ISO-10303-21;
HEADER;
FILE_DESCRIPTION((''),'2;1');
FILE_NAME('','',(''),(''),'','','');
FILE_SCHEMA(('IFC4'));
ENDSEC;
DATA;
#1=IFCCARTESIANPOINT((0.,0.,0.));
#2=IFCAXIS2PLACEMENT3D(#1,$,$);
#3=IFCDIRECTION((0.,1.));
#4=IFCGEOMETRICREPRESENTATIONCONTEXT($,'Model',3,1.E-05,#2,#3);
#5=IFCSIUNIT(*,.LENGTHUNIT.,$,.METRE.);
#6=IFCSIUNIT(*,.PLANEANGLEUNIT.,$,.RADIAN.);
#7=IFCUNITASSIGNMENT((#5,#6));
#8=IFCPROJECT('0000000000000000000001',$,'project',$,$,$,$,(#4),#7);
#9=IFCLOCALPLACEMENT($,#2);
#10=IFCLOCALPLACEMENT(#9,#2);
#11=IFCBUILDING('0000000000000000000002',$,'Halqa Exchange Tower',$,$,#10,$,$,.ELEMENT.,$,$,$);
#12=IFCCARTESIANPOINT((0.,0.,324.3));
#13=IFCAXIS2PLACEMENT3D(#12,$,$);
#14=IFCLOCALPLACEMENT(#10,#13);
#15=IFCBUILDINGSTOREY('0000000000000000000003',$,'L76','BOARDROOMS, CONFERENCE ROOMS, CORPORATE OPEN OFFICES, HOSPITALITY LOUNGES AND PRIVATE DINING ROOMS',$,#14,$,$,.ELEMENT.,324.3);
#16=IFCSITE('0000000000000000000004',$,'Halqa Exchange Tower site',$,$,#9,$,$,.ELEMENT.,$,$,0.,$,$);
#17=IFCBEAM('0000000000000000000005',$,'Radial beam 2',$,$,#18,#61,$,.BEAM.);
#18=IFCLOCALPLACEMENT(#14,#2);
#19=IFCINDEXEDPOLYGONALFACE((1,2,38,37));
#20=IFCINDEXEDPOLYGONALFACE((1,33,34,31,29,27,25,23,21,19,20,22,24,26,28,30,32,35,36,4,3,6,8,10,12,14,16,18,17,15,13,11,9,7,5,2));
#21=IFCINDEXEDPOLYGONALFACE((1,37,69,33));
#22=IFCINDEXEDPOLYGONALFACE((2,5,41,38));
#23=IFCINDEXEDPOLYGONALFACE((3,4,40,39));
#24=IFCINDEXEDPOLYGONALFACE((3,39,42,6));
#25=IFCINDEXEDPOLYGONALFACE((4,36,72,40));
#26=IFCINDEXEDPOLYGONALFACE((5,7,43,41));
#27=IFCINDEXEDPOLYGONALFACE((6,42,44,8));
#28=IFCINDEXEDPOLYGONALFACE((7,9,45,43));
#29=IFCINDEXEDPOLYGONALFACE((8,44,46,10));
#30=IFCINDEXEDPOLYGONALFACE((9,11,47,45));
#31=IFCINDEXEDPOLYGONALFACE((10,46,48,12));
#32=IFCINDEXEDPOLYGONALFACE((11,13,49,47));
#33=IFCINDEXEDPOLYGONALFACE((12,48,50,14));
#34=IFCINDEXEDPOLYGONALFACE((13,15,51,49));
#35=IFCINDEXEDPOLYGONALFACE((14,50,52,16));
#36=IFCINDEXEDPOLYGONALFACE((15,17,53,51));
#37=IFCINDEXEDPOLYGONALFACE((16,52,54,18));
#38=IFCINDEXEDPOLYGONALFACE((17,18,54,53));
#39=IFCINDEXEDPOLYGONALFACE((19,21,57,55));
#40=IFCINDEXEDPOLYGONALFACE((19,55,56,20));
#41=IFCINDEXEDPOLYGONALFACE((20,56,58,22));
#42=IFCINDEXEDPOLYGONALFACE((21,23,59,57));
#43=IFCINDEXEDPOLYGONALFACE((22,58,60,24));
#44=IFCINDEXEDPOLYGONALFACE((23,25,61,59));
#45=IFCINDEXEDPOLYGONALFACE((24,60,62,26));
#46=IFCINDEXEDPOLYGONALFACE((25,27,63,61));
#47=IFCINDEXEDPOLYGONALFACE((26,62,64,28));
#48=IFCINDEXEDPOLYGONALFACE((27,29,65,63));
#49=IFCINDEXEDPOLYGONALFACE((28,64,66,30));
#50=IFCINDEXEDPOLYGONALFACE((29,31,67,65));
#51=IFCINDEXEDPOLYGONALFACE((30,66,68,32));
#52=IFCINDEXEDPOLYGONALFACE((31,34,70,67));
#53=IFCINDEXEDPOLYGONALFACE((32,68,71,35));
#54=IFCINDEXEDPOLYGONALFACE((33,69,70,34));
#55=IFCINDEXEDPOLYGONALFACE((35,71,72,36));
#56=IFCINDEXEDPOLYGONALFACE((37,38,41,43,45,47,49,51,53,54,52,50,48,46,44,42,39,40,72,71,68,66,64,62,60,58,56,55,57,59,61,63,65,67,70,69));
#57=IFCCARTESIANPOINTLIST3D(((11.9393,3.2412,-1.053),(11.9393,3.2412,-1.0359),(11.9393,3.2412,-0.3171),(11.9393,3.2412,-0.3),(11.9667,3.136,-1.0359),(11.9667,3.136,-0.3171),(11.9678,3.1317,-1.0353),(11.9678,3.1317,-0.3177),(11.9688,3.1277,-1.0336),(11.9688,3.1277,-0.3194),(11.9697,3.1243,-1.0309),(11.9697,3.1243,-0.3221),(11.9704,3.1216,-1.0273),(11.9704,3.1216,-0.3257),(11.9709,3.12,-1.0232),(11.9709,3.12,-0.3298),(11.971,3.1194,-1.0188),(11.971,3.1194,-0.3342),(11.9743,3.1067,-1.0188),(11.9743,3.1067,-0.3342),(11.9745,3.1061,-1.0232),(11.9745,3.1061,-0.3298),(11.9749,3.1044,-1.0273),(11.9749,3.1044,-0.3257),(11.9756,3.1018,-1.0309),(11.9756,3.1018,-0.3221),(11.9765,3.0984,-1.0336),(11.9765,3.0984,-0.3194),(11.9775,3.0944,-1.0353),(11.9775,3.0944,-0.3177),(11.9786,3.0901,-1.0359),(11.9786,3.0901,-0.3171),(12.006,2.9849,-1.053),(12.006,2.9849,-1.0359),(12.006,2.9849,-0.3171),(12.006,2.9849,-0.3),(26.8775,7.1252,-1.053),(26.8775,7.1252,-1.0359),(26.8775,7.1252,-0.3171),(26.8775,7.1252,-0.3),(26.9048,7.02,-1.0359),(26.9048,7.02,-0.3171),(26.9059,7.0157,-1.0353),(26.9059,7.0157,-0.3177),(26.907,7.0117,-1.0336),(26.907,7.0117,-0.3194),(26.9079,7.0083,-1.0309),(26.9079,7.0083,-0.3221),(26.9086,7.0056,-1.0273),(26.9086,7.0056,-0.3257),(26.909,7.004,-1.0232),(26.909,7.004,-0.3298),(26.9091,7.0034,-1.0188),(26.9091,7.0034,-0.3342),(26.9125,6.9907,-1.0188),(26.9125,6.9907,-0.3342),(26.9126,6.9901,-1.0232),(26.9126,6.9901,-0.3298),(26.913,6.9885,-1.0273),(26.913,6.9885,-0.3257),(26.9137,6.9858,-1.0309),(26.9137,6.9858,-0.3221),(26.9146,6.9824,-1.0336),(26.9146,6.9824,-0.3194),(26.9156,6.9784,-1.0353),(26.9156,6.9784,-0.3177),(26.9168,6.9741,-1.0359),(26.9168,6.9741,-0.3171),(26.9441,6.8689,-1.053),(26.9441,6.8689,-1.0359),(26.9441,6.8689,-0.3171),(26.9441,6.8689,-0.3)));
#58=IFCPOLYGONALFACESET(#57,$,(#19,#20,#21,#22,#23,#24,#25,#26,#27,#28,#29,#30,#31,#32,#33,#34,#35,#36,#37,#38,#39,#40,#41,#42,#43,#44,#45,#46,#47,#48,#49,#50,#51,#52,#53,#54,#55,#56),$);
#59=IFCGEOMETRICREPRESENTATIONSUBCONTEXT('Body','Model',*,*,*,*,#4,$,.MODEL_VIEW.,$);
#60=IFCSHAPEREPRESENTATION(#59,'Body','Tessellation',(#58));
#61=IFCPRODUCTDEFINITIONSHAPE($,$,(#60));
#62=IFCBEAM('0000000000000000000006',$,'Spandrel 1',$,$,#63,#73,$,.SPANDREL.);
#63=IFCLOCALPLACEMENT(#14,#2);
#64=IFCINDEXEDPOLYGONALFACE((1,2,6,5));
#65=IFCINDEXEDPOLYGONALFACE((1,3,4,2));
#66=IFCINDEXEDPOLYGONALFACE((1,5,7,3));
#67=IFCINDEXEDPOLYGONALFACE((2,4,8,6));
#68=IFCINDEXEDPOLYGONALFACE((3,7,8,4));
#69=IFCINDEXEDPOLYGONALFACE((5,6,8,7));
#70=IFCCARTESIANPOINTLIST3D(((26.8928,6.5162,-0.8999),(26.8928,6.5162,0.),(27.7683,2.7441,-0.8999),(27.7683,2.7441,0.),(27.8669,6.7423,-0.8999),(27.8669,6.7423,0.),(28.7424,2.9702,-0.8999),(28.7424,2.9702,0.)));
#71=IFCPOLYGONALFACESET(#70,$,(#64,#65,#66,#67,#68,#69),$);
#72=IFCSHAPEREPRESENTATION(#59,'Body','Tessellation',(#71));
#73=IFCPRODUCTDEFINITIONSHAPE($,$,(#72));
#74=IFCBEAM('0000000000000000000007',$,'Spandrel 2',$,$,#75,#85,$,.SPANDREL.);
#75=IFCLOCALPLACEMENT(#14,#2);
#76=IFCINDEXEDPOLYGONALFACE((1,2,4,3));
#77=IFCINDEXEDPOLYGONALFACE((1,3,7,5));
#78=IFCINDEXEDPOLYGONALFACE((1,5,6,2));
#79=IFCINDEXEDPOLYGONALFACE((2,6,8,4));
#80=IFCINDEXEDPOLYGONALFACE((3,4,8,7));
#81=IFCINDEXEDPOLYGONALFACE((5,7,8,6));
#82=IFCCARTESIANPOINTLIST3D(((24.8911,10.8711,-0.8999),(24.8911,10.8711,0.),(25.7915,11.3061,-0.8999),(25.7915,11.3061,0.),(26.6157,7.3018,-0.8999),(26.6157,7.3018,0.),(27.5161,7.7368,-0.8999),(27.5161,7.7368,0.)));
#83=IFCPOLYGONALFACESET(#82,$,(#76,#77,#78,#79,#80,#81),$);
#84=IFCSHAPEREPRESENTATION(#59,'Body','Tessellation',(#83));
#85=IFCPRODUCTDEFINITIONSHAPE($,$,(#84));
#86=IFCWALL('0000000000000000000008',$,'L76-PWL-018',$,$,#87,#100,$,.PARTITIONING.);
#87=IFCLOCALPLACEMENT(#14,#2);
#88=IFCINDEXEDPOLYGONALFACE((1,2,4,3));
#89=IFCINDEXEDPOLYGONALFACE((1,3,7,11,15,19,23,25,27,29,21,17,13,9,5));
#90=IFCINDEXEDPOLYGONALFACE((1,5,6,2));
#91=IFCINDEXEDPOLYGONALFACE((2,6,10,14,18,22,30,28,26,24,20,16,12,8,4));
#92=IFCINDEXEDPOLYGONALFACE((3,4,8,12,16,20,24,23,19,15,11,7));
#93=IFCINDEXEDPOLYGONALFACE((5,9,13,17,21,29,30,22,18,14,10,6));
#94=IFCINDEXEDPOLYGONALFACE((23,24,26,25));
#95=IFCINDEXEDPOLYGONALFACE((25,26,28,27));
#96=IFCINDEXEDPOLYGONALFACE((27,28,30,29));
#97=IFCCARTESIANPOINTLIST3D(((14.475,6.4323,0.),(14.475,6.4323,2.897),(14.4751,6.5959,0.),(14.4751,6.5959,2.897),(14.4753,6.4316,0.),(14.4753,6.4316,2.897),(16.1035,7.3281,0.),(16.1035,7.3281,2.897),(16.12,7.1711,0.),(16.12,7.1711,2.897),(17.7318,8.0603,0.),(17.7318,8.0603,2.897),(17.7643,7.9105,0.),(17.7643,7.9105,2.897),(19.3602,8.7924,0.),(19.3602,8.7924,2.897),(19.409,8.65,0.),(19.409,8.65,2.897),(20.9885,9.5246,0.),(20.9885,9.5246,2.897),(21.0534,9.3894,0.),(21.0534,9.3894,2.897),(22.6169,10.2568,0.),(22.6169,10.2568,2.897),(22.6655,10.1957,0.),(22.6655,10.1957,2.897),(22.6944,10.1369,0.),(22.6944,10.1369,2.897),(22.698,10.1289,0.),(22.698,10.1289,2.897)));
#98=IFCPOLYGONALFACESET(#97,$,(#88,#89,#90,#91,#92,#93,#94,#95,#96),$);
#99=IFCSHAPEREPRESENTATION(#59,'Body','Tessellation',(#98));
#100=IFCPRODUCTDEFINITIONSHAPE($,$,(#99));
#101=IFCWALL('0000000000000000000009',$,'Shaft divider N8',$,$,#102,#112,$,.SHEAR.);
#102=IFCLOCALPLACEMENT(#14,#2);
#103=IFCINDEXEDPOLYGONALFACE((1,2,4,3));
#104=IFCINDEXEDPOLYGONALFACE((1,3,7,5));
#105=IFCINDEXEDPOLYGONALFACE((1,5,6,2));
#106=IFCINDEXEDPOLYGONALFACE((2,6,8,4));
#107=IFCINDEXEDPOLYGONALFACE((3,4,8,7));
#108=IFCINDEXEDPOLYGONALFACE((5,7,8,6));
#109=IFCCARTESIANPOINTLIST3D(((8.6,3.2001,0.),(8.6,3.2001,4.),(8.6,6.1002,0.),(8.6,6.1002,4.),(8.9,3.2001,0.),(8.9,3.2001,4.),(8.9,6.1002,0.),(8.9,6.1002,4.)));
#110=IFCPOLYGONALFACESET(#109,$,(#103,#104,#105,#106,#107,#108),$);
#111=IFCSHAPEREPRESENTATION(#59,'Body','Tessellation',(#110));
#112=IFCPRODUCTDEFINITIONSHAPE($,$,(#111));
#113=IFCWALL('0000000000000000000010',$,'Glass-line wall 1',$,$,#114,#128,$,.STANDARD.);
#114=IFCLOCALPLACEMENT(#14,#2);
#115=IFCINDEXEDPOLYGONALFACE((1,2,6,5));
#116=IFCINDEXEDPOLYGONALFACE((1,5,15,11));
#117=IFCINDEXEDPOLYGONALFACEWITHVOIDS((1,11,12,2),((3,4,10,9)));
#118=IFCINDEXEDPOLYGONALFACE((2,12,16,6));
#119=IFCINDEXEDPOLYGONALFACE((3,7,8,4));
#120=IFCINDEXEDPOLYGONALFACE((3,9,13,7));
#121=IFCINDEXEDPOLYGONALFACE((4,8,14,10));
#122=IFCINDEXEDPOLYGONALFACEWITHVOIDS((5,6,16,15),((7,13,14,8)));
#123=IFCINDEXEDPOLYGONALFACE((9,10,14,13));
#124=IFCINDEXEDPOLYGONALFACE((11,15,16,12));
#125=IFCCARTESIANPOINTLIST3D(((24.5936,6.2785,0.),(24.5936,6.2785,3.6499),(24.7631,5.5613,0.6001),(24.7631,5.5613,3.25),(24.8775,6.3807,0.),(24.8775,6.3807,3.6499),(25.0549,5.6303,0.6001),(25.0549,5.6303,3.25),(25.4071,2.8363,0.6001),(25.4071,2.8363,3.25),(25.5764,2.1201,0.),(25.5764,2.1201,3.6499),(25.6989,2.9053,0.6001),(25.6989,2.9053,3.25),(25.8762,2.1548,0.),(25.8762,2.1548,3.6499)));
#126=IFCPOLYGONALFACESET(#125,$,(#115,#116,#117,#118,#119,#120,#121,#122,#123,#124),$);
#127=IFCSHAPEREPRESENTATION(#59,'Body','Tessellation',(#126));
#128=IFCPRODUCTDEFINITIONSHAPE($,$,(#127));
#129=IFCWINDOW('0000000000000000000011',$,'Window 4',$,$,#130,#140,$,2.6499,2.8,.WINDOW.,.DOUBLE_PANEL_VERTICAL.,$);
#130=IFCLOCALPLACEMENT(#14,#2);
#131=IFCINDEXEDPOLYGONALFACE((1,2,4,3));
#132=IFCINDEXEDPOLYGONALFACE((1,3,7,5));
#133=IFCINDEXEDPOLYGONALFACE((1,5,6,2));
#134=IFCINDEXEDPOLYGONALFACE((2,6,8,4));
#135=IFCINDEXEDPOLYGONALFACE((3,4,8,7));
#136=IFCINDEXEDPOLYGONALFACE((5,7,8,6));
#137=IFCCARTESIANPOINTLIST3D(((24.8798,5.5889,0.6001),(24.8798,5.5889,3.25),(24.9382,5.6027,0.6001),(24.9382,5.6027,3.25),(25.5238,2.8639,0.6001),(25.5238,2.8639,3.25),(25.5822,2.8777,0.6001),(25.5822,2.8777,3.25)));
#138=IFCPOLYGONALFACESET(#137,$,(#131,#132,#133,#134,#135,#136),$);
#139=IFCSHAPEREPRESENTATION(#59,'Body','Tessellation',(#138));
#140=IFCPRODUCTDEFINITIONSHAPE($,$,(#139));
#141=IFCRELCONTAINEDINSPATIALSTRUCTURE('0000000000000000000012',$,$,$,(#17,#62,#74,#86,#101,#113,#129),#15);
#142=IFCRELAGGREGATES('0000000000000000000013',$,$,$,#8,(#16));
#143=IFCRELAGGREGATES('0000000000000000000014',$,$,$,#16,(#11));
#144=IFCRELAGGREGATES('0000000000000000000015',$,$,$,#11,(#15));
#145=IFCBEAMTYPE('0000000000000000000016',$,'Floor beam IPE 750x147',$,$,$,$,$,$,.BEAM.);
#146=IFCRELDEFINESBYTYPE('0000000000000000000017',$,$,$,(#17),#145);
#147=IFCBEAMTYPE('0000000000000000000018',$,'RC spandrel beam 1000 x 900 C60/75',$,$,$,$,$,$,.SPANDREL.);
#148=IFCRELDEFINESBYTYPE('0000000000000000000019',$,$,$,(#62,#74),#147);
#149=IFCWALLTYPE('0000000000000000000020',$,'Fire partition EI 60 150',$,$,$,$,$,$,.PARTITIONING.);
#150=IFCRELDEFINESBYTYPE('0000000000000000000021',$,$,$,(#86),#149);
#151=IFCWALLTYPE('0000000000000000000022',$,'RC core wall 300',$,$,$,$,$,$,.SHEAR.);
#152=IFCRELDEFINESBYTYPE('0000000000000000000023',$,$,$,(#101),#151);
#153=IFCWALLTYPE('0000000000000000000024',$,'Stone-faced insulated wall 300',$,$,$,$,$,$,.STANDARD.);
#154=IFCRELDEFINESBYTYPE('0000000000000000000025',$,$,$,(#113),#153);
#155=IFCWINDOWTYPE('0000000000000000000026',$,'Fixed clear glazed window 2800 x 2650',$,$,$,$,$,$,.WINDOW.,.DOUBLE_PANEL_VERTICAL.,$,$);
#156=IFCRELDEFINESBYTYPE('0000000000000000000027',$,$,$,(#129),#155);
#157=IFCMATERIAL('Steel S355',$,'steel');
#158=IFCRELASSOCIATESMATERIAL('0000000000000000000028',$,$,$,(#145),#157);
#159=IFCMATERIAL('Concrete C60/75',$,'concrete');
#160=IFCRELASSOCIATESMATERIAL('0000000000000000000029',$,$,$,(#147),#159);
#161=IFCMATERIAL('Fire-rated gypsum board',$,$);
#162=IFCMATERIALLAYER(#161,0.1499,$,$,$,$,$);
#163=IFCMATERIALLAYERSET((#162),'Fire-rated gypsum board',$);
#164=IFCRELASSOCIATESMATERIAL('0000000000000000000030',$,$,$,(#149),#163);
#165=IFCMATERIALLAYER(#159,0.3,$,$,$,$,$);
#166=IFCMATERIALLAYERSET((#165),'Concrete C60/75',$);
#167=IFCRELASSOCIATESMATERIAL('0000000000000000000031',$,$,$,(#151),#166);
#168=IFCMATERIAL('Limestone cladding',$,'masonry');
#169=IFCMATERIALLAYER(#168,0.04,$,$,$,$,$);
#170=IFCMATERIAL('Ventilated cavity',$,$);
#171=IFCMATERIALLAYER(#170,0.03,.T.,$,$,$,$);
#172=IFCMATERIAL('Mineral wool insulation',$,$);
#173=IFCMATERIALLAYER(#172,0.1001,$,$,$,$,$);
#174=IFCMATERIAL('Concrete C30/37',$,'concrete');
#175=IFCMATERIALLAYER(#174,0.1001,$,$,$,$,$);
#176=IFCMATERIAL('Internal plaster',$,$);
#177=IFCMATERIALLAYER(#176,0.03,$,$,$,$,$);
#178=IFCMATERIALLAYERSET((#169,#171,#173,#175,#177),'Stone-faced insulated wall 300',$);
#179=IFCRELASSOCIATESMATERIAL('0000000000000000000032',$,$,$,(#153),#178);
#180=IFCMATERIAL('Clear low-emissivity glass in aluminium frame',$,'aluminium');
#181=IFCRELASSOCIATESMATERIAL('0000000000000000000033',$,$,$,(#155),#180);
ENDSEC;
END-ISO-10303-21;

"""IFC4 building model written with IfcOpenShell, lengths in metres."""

from ifc_helpers import new_model, si_unit, direction, frame, frame_2d, origin, origin_2d, place, context, subcontext, project, spatial, polyline, rectangle, i_section, outline, extrude, material, layer, layer_set, material_profile, profile_set, type_object, element, fill, save


model = new_model("IFC4")

# Units and contexts
model_context = context("Model", 3, precision=1e-05, world=origin(), true_north=direction((0.0, 1.0)))
body_context = subcontext(model_context, "Body", "Model", "MODEL_VIEW")
ifc_project = project(units=[si_unit("LENGTHUNIT", "METRE"), si_unit("PLANEANGLEUNIT", "RADIAN")], contexts=[model_context])

# Site, building, storey
site_placement = place(None, origin())
site = spatial("IfcSite", under=ifc_project, at=site_placement, Name="Halqa Exchange Tower site", CompositionType="ELEMENT", RefElevation=0.0)
building_placement = place(site_placement, origin())
building = spatial("IfcBuilding", under=site, at=building_placement, Name="Halqa Exchange Tower", CompositionType="ELEMENT")
storey_placement = place(building_placement, frame((0.0, 0.0, 324.3)))
storey = spatial("IfcBuildingStorey", under=building, at=storey_placement, Name="L76", Description="BOARDROOMS, CONFERENCE ROOMS, CORPORATE OPEN OFFICES, HOSPITALITY LOUNGES AND PRIVATE DINING ROOMS", CompositionType="ELEMENT", Elevation=324.3)

# Beams
ifc_material_1 = material(Name="Steel S355", Category="steel")
ifc_material_profile_1 = material_profile(ifc_material_1, i_section(OverallWidth=0.2649, OverallDepth=0.7529, WebThickness=0.0132, FlangeThickness=0.0171, FilletRadius=0.0171, at=origin_2d()), Name="IPE 750x147")
ifc_profile_set_1 = profile_set([ifc_material_profile_1], Name="Steel S355")
beam_type_1 = type_object("IfcBeamType", Name="Floor beam IPE 750x147", PredefinedType="BEAM", material=ifc_profile_set_1)
beam_1_placement = place(storey_placement, frame((11.9727, 3.113, -0.6765), z_axis=(0.967821, 0.251639, 0.0), x_axis=(-0.251639, 0.967821, 0.0)))
element("IfcBeam", 1, at=beam_1_placement, inside=storey, type_object=beam_type_1, Name="Radial beam 2", PredefinedType="BEAM", context=body_context, shape_type="SweptSolid", body=[
    extrude(i_section(OverallWidth=0.2649, OverallDepth=0.7529, WebThickness=0.0132, FlangeThickness=0.0171, FilletRadius=0.0171, at=origin_2d()), origin(), (0.0, 0.0, 1.0), 15.4348),
])
ifc_material_2 = material(Name="Concrete C60/75", Category="concrete")
ifc_material_profile_2 = material_profile(ifc_material_2, rectangle(XDim=1.0, YDim=0.8999, at=origin_2d()), Name="1000 x 900")
ifc_profile_set_2 = profile_set([ifc_material_profile_2], Name="Concrete C60/75")
beam_type_2 = type_object("IfcBeamType", Name="RC spandrel beam 1000 x 900 C60/75", PredefinedType="SPANDREL", material=ifc_profile_set_2)
beam_2_placement = place(storey_placement, frame((28.2554, 2.8572, -0.45), z_axis=(-0.226093, 0.974106, 0.0), x_axis=(-0.974106, -0.226093, 0.0)))
element("IfcBeam", 2, at=beam_2_placement, inside=storey, type_object=beam_type_2, Name="Spandrel 1", PredefinedType="SPANDREL", context=body_context, shape_type="SweptSolid", body=[
    extrude(rectangle(XDim=1.0, YDim=0.8999, at=origin_2d()), origin(), (0.0, 0.0, 1.0), 3.8723),
])
beam_3_placement = place(storey_placement, frame((27.0659, 7.5193, -0.45), z_axis=(-0.435052, 0.900405, 0.0), x_axis=(-0.900405, -0.435052, 0.0)))
element("IfcBeam", 3, at=beam_3_placement, inside=storey, type_object=beam_type_2, Name="Spandrel 2", PredefinedType="SPANDREL", context=body_context, shape_type="SweptSolid", body=[
    extrude(rectangle(XDim=1.0, YDim=0.8999, at=origin_2d()), origin(), (0.0, 0.0, 1.0), 3.9641),
])

# Walls
ifc_material_3 = material(Name="Fire-rated gypsum board")
ifc_layer_1 = layer(ifc_material_3, 0.1499)
ifc_layer_set_1 = layer_set([ifc_layer_1], Name="Fire-rated gypsum board")
wall_type_1 = type_object("IfcWallType", Name="Fire partition EI 60 150", PredefinedType="PARTITIONING", material=ifc_layer_set_1)
wall_1_placement = place(storey_placement, frame((22.6672, 10.1973, 0.0), z_axis=(0.0, 0.0, 1.0), x_axis=(-0.912043, -0.410094, 0.0)))
element("IfcWall", 4, at=wall_1_placement, inside=storey, type_object=wall_type_1, Name="L76-PWL-018", PredefinedType="PARTITIONING", context=body_context, shape_type="SweptSolid", body=[
    extrude(outline(polyline([(0.0215, -0.075), (1.8069, -0.075), (3.5923, -0.075), (5.3777, -0.075), (7.1631, -0.075), (8.9485, -0.075), (9.0156, 0.0742), (9.0156, 0.075), (7.2124, 0.075), (5.4094, 0.075), (3.6062, 0.075), (1.8032, 0.075), (0.0, 0.075), (0.0, 0.0662), (0.0022, 0.0007), (0.0215, -0.075)])), origin(), (0.0, 0.0, 1.0), 2.897),
])
ifc_layer_2 = layer(ifc_material_2, 0.3)
ifc_layer_set_2 = layer_set([ifc_layer_2], Name="Concrete C60/75")
wall_type_2 = type_object("IfcWallType", Name="RC core wall 300", PredefinedType="SHEAR", material=ifc_layer_set_2)
wall_2_placement = place(storey_placement, frame((8.75, 3.2, 0.0), z_axis=(0.0, 0.0, 1.0), x_axis=(0.0, 1.0, 0.0)))
element("IfcWall", 5, at=wall_2_placement, inside=storey, type_object=wall_type_2, Name="Shaft divider N8", PredefinedType="SHEAR", context=body_context, shape_type="SweptSolid", body=[
    extrude(rectangle(XDim=2.9001, YDim=0.3, at=frame_2d((1.4502, 0.0))), origin(), (0.0, 0.0, 1.0), 4.0),
])

# Wall, opening, window
ifc_material_4 = material(Name="Limestone cladding", Category="masonry")
ifc_layer_3 = layer(ifc_material_4, 0.04)
ifc_material_5 = material(Name="Ventilated cavity")
ifc_layer_4 = layer(ifc_material_5, 0.03, ventilated=True)
ifc_material_6 = material(Name="Mineral wool insulation")
ifc_layer_5 = layer(ifc_material_6, 0.1001)
ifc_material_7 = material(Name="Concrete C30/37", Category="concrete")
ifc_layer_6 = layer(ifc_material_7, 0.1001)
ifc_material_8 = material(Name="Internal plaster")
ifc_layer_7 = layer(ifc_material_8, 0.03)
ifc_layer_set_3 = layer_set([ifc_layer_3, ifc_layer_4, ifc_layer_5, ifc_layer_6, ifc_layer_7], Name="Stone-faced insulated wall 300")
wall_type_3 = type_object("IfcWallType", Name="Stone-faced insulated wall 300", PredefinedType="STANDARD", material=ifc_layer_set_3)
wall_3_placement = place(storey_placement, frame((25.7263, 2.1375, 0.0), z_axis=(0.0, 0.0, 1.0), x_axis=(-0.229993, 0.973192, 0.0)))
wall_3 = element("IfcWall", 6, at=wall_3_placement, inside=storey, type_object=wall_type_3, Name="Glass-line wall 1", PredefinedType="STANDARD", context=body_context, shape_type="SweptSolid", body=[
    extrude(outline(polyline([(-0.0176, -0.1499), (4.3247, -0.1499), (4.2905, 0.1499), (0.0176, 0.1499), (-0.0176, -0.1499)])), origin(), (0.0, 0.0, 1.0), 3.6499),
])
opening_1_placement = place(wall_3_placement, frame((0.7537, 0.0, 0.6001)))
opening_1 = element("IfcOpeningElement", 7, at=opening_1_placement, cuts=wall_3, PredefinedType="OPENING", context=body_context, shape_type="SweptSolid", body=[
    extrude(rectangle(XDim=2.8, YDim=2.6499, at=frame_2d((1.3999, 1.325))), frame((0.0, 0.1621, 0.0), z_axis=(0.0, -1.0, 0.0), x_axis=(1.0, 0.0, 0.0)), (0.0, 0.0, 1.0), 0.324),
])
ifc_material_9 = material(Name="Clear low-emissivity glass in aluminium frame", Category="aluminium")
window_type = type_object("IfcWindowType", Name="Fixed clear glazed window 2800 x 2650", PartitioningType="DOUBLE_PANEL_VERTICAL", PredefinedType="WINDOW", material=ifc_material_9)
window_1_placement = place(opening_1_placement, origin())
window_1 = element("IfcWindow", 8, at=window_1_placement, inside=storey, type_object=window_type, Name="Window 4", OverallHeight=2.6499, OverallWidth=2.8, PartitioningType="DOUBLE_PANEL_VERTICAL", PredefinedType="WINDOW", context=body_context, shape_type="SweptSolid", body=[
    extrude(rectangle(XDim=2.8, YDim=2.6499, at=frame_2d((1.3999, 1.325))), frame((0.0, 0.03, 0.0), z_axis=(0.0, -1.0, 0.0), x_axis=(1.0, 0.0, 0.0)), (0.0, 0.0, 1.0), 0.0601),
])
fill(opening_1, window_1)

save(model, "model.ifc")
